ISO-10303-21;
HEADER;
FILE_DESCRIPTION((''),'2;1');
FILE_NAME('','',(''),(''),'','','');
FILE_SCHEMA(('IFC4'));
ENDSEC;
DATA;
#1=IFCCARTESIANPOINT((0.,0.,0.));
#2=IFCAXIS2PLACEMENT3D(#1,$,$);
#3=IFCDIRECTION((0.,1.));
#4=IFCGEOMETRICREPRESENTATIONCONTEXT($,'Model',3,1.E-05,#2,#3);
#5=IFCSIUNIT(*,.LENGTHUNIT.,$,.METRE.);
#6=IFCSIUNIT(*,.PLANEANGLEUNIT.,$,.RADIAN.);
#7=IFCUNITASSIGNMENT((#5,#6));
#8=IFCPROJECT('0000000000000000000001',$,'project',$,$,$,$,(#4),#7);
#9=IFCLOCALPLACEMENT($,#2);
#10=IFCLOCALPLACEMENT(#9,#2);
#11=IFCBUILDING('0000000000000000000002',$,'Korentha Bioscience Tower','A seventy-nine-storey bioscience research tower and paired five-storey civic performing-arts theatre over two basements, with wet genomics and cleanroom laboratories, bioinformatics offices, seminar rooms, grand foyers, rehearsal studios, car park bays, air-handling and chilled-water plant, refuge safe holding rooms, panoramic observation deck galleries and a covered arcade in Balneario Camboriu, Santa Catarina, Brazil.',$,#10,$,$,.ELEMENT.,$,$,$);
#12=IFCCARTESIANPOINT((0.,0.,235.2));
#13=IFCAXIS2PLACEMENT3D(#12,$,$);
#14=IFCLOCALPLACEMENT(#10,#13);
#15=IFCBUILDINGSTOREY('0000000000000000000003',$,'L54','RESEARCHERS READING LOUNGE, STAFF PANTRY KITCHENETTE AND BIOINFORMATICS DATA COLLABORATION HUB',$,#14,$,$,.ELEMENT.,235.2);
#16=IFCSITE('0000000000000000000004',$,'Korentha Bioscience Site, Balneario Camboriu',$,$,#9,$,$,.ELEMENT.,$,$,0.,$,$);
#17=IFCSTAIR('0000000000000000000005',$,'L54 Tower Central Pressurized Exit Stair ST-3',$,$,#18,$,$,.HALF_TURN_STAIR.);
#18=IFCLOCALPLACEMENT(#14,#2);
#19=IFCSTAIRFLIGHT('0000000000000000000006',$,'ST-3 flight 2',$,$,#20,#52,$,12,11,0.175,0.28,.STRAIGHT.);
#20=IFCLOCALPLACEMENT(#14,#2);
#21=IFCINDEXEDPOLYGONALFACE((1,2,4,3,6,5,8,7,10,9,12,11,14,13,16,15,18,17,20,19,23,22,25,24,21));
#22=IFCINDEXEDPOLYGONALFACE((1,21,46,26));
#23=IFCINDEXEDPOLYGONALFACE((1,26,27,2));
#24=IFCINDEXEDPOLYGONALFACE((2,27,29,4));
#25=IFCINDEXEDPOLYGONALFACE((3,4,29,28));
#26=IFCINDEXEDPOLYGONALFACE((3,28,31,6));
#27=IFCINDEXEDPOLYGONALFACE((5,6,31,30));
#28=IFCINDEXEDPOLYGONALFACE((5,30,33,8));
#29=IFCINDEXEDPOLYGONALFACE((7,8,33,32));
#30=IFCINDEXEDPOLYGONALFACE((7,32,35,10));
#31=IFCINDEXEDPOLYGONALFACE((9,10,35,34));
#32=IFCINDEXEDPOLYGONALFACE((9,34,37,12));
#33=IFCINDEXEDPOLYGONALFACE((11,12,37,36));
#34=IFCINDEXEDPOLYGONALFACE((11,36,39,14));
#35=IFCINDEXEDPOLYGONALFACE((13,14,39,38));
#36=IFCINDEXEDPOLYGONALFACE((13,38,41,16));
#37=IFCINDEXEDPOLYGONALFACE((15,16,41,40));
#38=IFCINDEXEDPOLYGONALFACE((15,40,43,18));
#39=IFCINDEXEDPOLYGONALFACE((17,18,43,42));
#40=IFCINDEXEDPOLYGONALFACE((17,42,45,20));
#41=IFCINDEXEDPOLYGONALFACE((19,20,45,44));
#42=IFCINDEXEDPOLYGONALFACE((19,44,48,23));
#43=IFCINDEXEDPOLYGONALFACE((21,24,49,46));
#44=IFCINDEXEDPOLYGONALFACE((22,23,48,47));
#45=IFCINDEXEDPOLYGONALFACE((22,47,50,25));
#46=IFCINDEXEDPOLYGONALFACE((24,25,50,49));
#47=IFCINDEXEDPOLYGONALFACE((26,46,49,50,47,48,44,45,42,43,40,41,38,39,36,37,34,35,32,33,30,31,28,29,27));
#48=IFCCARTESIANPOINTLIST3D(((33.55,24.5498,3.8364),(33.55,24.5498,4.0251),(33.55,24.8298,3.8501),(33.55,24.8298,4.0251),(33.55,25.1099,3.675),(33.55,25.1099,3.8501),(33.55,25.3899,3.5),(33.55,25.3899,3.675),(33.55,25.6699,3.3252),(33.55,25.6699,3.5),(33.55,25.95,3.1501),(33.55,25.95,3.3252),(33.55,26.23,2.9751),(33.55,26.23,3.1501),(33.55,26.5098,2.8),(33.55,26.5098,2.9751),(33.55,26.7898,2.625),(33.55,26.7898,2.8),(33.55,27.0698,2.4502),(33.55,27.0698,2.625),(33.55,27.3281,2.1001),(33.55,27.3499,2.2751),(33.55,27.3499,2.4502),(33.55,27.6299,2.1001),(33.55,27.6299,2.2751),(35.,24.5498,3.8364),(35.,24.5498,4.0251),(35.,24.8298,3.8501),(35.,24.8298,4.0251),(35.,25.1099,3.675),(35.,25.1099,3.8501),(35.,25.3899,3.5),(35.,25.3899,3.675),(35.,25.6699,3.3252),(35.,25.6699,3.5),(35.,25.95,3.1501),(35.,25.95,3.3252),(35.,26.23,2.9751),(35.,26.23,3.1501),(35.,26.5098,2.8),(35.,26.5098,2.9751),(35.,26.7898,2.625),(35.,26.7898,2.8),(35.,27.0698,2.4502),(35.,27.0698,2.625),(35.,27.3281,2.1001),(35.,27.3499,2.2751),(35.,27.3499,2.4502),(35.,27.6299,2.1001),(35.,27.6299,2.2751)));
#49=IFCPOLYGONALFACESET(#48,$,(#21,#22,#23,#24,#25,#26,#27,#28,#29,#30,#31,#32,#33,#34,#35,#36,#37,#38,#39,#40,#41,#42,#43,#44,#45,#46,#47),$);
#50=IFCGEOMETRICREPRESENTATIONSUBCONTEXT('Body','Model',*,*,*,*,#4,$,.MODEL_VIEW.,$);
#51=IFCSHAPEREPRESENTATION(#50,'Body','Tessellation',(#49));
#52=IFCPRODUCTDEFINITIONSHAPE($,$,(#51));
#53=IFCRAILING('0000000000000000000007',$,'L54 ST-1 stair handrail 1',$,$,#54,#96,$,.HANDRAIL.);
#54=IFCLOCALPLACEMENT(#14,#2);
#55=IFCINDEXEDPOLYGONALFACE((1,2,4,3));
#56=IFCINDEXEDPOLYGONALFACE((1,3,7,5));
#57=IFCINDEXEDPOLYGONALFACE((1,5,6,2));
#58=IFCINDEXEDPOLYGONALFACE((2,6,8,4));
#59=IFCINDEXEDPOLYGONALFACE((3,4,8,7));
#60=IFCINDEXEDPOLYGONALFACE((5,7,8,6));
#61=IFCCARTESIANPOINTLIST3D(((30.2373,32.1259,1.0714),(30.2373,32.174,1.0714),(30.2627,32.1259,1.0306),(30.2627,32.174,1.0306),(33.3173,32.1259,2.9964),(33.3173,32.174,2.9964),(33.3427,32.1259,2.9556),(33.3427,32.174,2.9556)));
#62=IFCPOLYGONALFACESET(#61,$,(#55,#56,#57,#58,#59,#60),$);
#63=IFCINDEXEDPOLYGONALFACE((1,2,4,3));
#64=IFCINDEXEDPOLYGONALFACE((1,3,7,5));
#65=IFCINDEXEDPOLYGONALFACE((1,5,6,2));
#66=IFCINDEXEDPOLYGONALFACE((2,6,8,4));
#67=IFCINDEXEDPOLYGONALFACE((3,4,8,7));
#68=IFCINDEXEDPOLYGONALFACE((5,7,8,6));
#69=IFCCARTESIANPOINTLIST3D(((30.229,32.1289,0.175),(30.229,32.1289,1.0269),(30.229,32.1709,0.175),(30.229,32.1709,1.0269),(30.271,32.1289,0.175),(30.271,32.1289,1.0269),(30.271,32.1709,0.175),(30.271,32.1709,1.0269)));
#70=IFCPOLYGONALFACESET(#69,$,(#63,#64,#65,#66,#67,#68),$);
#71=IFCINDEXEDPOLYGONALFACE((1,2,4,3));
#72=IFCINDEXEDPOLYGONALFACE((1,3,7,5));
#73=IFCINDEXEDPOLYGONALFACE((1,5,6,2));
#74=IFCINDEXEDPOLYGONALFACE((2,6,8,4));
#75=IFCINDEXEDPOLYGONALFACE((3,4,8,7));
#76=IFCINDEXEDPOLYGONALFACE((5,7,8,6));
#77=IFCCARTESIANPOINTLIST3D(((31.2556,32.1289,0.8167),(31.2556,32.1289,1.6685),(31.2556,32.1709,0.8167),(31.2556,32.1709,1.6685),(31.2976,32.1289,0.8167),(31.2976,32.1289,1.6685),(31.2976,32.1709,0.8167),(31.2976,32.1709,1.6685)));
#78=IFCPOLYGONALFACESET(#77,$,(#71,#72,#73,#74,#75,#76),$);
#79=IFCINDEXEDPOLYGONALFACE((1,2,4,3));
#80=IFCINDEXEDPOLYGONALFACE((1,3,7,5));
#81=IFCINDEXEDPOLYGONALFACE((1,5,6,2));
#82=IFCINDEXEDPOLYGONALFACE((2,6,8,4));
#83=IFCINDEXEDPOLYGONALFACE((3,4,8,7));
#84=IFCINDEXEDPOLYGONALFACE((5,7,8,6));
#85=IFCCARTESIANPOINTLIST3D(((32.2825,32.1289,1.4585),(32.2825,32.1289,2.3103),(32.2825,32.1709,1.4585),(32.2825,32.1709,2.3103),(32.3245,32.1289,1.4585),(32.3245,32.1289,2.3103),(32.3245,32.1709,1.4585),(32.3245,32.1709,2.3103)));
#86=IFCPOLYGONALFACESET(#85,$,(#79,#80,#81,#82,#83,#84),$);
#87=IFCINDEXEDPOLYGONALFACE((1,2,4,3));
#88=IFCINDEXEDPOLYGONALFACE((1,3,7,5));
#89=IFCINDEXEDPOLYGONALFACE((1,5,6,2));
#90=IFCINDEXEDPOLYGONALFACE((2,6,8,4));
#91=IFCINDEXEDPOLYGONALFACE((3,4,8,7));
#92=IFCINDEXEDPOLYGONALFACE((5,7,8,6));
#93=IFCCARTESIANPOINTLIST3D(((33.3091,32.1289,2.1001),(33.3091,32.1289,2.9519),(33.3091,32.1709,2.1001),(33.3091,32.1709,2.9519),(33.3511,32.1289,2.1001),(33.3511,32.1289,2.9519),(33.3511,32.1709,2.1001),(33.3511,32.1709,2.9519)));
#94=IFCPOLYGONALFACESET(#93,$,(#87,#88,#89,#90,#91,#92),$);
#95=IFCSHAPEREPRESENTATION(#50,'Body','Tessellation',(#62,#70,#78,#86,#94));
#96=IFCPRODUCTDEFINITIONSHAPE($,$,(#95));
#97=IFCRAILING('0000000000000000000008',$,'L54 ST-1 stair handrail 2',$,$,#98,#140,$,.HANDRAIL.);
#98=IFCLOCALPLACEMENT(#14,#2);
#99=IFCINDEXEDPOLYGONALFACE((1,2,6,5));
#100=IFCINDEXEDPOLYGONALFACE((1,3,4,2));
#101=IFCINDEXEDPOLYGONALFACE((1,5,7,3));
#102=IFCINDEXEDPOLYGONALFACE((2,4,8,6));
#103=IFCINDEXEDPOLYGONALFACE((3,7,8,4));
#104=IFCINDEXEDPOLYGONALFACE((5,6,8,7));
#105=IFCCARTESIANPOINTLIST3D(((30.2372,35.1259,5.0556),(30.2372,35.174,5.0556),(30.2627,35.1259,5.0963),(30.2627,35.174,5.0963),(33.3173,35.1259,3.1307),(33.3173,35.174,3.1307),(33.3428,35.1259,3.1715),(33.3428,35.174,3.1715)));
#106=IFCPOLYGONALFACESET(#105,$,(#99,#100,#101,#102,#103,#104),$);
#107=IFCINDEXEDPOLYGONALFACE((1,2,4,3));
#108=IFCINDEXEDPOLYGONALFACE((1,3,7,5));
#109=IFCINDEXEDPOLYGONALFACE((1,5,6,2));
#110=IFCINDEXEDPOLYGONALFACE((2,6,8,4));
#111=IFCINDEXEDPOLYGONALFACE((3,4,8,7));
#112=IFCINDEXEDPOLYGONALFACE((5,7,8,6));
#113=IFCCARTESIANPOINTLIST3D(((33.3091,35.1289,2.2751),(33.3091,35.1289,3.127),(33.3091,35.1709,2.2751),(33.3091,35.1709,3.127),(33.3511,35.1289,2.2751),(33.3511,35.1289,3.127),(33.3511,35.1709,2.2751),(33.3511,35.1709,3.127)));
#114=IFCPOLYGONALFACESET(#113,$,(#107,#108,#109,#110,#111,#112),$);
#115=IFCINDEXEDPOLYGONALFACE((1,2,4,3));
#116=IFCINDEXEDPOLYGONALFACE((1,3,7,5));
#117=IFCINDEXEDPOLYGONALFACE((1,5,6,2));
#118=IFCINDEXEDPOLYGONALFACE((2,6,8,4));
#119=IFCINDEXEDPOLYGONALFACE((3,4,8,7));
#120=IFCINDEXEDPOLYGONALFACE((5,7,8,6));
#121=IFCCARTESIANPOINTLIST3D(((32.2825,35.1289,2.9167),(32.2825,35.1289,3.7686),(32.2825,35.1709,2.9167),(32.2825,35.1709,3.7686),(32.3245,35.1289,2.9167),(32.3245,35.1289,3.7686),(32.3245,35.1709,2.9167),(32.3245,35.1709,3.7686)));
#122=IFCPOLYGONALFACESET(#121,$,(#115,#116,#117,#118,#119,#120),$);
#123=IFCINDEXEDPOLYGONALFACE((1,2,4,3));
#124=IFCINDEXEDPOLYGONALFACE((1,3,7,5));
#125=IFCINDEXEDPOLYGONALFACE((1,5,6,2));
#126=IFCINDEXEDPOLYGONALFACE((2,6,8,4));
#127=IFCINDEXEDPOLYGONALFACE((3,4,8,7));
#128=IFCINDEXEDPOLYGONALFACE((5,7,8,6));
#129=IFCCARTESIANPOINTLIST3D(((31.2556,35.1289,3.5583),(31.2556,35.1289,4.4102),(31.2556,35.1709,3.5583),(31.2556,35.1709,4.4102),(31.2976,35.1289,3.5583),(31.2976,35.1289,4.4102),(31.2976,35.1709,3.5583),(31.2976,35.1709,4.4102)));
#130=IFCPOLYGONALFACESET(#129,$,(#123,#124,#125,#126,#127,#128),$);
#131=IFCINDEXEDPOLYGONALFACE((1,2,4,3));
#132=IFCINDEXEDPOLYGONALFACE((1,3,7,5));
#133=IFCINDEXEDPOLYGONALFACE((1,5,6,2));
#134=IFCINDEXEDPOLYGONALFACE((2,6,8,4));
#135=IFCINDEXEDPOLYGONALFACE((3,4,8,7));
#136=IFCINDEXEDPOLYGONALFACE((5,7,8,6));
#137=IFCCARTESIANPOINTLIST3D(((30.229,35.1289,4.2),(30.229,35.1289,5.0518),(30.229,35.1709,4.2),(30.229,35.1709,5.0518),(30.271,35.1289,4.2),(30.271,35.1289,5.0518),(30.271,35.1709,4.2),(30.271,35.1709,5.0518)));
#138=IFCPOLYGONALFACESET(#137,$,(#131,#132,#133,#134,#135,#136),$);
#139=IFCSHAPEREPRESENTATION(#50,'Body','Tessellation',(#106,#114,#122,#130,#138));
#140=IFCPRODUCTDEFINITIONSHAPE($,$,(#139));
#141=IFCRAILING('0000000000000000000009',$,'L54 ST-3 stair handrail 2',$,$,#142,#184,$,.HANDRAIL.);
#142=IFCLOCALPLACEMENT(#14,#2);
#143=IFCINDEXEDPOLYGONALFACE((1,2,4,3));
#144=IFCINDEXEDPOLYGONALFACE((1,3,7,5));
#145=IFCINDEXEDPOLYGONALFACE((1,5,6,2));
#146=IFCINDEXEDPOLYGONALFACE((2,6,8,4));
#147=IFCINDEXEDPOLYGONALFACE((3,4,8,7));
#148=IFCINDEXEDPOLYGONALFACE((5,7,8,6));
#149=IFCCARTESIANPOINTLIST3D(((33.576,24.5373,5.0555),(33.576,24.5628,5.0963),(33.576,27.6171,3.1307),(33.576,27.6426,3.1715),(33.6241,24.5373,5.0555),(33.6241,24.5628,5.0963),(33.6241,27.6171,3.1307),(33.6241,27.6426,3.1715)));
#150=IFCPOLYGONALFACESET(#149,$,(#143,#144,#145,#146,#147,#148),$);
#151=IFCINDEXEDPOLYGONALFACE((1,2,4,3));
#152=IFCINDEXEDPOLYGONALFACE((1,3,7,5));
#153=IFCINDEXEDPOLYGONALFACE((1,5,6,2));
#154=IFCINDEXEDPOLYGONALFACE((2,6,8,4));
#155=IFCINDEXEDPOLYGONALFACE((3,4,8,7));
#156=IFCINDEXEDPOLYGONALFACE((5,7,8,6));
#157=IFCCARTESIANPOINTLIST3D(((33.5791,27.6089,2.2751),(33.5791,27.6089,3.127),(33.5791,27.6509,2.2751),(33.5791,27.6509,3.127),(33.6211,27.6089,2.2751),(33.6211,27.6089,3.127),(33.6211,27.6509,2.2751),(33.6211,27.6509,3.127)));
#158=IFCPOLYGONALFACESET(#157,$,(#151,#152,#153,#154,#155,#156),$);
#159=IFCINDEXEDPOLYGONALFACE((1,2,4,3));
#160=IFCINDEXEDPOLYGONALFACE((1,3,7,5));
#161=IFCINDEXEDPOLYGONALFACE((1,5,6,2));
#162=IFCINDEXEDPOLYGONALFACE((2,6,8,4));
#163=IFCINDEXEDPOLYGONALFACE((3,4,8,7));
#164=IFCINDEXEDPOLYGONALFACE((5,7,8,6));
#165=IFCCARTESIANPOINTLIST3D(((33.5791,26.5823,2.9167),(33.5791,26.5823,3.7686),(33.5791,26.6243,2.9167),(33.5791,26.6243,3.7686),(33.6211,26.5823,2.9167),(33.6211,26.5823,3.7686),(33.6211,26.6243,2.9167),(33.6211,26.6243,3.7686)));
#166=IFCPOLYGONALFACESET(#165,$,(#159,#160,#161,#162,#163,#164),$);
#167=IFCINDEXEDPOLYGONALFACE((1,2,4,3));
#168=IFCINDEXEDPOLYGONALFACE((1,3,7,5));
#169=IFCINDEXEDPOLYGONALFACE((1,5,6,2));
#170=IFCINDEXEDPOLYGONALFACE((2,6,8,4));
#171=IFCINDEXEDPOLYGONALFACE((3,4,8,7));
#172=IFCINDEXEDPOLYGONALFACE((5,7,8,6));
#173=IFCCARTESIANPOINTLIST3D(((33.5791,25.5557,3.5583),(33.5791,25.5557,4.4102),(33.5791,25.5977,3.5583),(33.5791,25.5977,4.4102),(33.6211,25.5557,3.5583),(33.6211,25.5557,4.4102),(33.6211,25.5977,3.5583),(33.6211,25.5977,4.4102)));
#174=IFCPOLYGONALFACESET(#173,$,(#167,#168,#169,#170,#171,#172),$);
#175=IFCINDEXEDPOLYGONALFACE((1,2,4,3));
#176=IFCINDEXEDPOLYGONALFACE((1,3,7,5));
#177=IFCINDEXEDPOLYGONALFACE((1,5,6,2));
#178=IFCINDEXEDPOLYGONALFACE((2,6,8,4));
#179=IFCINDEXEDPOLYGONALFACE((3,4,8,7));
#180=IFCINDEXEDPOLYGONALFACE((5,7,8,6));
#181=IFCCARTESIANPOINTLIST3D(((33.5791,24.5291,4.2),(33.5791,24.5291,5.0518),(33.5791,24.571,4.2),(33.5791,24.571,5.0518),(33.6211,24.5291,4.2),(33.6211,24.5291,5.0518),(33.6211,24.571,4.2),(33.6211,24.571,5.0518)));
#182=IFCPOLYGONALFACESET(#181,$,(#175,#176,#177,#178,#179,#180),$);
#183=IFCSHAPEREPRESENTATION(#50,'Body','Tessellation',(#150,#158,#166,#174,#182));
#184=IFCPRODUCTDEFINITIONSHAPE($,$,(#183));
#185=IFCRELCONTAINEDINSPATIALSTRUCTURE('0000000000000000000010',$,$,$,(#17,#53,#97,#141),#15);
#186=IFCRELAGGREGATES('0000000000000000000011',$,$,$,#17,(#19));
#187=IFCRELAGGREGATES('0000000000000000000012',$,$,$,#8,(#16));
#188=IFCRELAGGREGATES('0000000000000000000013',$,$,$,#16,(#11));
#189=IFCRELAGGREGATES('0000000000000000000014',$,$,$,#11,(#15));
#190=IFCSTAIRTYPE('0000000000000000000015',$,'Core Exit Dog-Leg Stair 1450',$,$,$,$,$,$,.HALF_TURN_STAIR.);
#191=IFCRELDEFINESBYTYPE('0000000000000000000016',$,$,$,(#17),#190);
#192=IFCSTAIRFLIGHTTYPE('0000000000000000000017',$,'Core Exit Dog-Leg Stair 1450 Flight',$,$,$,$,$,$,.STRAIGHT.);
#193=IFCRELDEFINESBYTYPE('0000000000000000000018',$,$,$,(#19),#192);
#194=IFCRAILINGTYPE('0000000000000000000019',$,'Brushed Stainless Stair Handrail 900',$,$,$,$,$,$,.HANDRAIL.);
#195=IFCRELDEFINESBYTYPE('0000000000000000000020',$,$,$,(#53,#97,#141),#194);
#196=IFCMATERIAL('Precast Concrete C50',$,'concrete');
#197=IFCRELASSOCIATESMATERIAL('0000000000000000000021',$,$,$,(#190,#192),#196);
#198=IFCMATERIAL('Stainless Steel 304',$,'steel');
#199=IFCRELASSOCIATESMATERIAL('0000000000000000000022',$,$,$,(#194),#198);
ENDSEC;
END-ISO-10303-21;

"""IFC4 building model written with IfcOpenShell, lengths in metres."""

from ifc_helpers import new_model, si_unit, direction, frame, origin, origin_2d, place, context, subcontext, project, spatial, polyline, rectangle, outline, extrude, material, type_object, element, aggregate, save


model = new_model("IFC4")

# Units and contexts
model_context = context("Model", 3, precision=1e-05, world=origin(), true_north=direction((0.0, 1.0)))
body_context = subcontext(model_context, "Body", "Model", "MODEL_VIEW")
ifc_project = project(units=[si_unit("LENGTHUNIT", "METRE"), si_unit("PLANEANGLEUNIT", "RADIAN")], contexts=[model_context])

# Site, building, storey
site_placement = place(None, origin())
site = spatial("IfcSite", under=ifc_project, at=site_placement, Name="Korentha Bioscience Site, Balneario Camboriu", CompositionType="ELEMENT", RefElevation=0.0)
building_placement = place(site_placement, origin())
building = spatial("IfcBuilding", under=site, at=building_placement, Name="Korentha Bioscience Tower", Description="A seventy-nine-storey bioscience research tower and paired five-storey civic performing-arts theatre over two basements, with wet genomics and cleanroom laboratories, bioinformatics offices, seminar rooms, grand foyers, rehearsal studios, car park bays, air-handling and chilled-water plant, refuge safe holding rooms, panoramic observation deck galleries and a covered arcade in Balneario Camboriu, Santa Catarina, Brazil.", CompositionType="ELEMENT")
storey_placement = place(building_placement, frame((0.0, 0.0, 235.2)))
storey = spatial("IfcBuildingStorey", under=building, at=storey_placement, Name="L54", Description="RESEARCHERS READING LOUNGE, STAFF PANTRY KITCHENETTE AND BIOINFORMATICS DATA COLLABORATION HUB", CompositionType="ELEMENT", Elevation=235.2)

# Shared definitions
ifc_material_1 = material(Name="Precast Concrete C50", Category="concrete")
stair_type = type_object("IfcStairType", Name="Core Exit Dog-Leg Stair 1450", PredefinedType="HALF_TURN_STAIR", material=ifc_material_1)
stair_flight_type = type_object("IfcStairFlightType", Name="Core Exit Dog-Leg Stair 1450 Flight", PredefinedType="STRAIGHT", material=ifc_material_1)

# Stair, stair flight
stair_1_placement = place(storey_placement, origin())
stair_1 = element("IfcStair", 1, at=stair_1_placement, inside=storey, type_object=stair_type, Name="L54 Tower Central Pressurized Exit Stair ST-3", PredefinedType="HALF_TURN_STAIR")
stair_flight_1_placement = place(storey_placement, frame((34.2749, 27.6299, 2.1001), z_axis=(0.0, 0.0, 1.0), x_axis=(0.0, -1.0, 0.0)))
stair_flight_1 = element("IfcStairFlight", 2, at=stair_flight_1_placement, type_object=stair_flight_type, Name="ST-3 flight 2", NumberOfRisers=12, NumberOfTreads=11, PredefinedType="STRAIGHT", RiserHeight=0.175, TreadLength=0.28, context=body_context, shape_type="SweptSolid", body=[
    extrude(outline(polyline([(0.0, 0.0), (0.0, 0.175), (0.28, 0.175), (0.28, 0.3501), (0.5601, 0.3501), (0.5601, 0.5249), (0.8401, 0.5249), (0.8401, 0.7), (1.1201, 0.7), (1.1201, 0.875), (1.3999, 0.875), (1.3999, 1.05), (1.6799, 1.05), (1.6799, 1.2251), (1.96, 1.2251), (1.96, 1.3999), (2.24, 1.3999), (2.24, 1.575), (2.52, 1.575), (2.52, 1.75), (2.8, 1.75), (2.8, 1.925), (3.0801, 1.925), (3.0801, 2.1001), (3.0801, 1.7363), (0.3018, 0.0), (0.0, 0.0)])), frame((0.0, 0.7251, 0.0), z_axis=(0.0, -1.0, 0.0), x_axis=(1.0, 0.0, 0.0)), (0.0, 0.0, 1.0), 1.45),
])
aggregate(stair_1, [stair_flight_1])

# Railings
ifc_material_2 = material(Name="Stainless Steel 304", Category="steel")
railing_type_1 = type_object("IfcRailingType", Name="Brushed Stainless Stair Handrail 900", PredefinedType="HANDRAIL", material=ifc_material_2)
railing_1_placement = place(storey_placement, frame((30.25, 32.1499, 0.175)))
element("IfcRailing", 3, at=railing_1_placement, inside=storey, type_object=railing_type_1, Name="L54 ST-1 stair handrail 1", PredefinedType="HANDRAIL", context=body_context, shape_type="SweptSolid", body=[
    extrude(rectangle(XDim=0.0481, YDim=0.0481, at=origin_2d()), frame((0.0, 0.0, 0.876), z_axis=(0.847998, 0.0, 0.529999), x_axis=(0.0, 1.0, 0.0)), (0.0, 0.0, 1.0), 3.6321),
    extrude(rectangle(XDim=0.042, YDim=0.042, at=origin_2d()), origin(), (0.0, 0.0, 1.0), 0.8518),
    extrude(rectangle(XDim=0.042, YDim=0.042, at=origin_2d()), frame((1.0266, 0.0, 0.6416)), (0.0, 0.0, 1.0), 0.8518),
    extrude(rectangle(XDim=0.042, YDim=0.042, at=origin_2d()), frame((2.0535, 0.0, 1.2834)), (0.0, 0.0, 1.0), 0.8518),
    extrude(rectangle(XDim=0.042, YDim=0.042, at=origin_2d()), frame((3.0801, 0.0, 1.925)), (0.0, 0.0, 1.0), 0.8518),
])
railing_2_placement = place(storey_placement, frame((33.3301, 35.1499, 2.2751)))
element("IfcRailing", 4, at=railing_2_placement, inside=storey, type_object=railing_type_1, Name="L54 ST-1 stair handrail 2", PredefinedType="HANDRAIL", context=body_context, shape_type="SweptSolid", body=[
    extrude(rectangle(XDim=0.0481, YDim=0.0481, at=origin_2d()), frame((0.0, 0.0, 0.876), z_axis=(-0.848029, 0.0, 0.529951), x_axis=(0.0, -1.0, 0.0)), (0.0, 0.0, 1.0), 3.6321),
    extrude(rectangle(XDim=0.042, YDim=0.042, at=origin_2d()), origin(), (0.0, 0.0, 1.0), 0.8518),
    extrude(rectangle(XDim=0.042, YDim=0.042, at=origin_2d()), frame((-1.0266, 0.0, 0.6416)), (0.0, 0.0, 1.0), 0.8518),
    extrude(rectangle(XDim=0.042, YDim=0.042, at=origin_2d()), frame((-2.0535, 0.0, 1.2832)), (0.0, 0.0, 1.0), 0.8518),
    extrude(rectangle(XDim=0.042, YDim=0.042, at=origin_2d()), frame((-3.0801, 0.0, 1.9248)), (0.0, 0.0, 1.0), 0.8518),
])
railing_3_placement = place(storey_placement, frame((33.6001, 27.6299, 2.2751)))
element("IfcRailing", 5, at=railing_3_placement, inside=storey, type_object=railing_type_1, Name="L54 ST-3 stair handrail 2", PredefinedType="HANDRAIL", context=body_context, shape_type="SweptSolid", body=[
    extrude(rectangle(XDim=0.0481, YDim=0.0481, at=origin_2d()), frame((0.0, 0.0, 0.876), z_axis=(0.0, -0.84801, 0.529981), x_axis=(1.0, 0.0, 0.0)), (0.0, 0.0, 1.0), 3.6318),
    extrude(rectangle(XDim=0.042, YDim=0.042, at=origin_2d()), origin(), (0.0, 0.0, 1.0), 0.8518),
    extrude(rectangle(XDim=0.042, YDim=0.042, at=origin_2d()), frame((0.0, -1.0266, 0.6416)), (0.0, 0.0, 1.0), 0.8518),
    extrude(rectangle(XDim=0.042, YDim=0.042, at=origin_2d()), frame((0.0, -2.0532, 1.2832)), (0.0, 0.0, 1.0), 0.8518),
    extrude(rectangle(XDim=0.042, YDim=0.042, at=origin_2d()), frame((0.0, -3.0798, 1.9248)), (0.0, 0.0, 1.0), 0.8518),
])

save(model, "model.ifc")
